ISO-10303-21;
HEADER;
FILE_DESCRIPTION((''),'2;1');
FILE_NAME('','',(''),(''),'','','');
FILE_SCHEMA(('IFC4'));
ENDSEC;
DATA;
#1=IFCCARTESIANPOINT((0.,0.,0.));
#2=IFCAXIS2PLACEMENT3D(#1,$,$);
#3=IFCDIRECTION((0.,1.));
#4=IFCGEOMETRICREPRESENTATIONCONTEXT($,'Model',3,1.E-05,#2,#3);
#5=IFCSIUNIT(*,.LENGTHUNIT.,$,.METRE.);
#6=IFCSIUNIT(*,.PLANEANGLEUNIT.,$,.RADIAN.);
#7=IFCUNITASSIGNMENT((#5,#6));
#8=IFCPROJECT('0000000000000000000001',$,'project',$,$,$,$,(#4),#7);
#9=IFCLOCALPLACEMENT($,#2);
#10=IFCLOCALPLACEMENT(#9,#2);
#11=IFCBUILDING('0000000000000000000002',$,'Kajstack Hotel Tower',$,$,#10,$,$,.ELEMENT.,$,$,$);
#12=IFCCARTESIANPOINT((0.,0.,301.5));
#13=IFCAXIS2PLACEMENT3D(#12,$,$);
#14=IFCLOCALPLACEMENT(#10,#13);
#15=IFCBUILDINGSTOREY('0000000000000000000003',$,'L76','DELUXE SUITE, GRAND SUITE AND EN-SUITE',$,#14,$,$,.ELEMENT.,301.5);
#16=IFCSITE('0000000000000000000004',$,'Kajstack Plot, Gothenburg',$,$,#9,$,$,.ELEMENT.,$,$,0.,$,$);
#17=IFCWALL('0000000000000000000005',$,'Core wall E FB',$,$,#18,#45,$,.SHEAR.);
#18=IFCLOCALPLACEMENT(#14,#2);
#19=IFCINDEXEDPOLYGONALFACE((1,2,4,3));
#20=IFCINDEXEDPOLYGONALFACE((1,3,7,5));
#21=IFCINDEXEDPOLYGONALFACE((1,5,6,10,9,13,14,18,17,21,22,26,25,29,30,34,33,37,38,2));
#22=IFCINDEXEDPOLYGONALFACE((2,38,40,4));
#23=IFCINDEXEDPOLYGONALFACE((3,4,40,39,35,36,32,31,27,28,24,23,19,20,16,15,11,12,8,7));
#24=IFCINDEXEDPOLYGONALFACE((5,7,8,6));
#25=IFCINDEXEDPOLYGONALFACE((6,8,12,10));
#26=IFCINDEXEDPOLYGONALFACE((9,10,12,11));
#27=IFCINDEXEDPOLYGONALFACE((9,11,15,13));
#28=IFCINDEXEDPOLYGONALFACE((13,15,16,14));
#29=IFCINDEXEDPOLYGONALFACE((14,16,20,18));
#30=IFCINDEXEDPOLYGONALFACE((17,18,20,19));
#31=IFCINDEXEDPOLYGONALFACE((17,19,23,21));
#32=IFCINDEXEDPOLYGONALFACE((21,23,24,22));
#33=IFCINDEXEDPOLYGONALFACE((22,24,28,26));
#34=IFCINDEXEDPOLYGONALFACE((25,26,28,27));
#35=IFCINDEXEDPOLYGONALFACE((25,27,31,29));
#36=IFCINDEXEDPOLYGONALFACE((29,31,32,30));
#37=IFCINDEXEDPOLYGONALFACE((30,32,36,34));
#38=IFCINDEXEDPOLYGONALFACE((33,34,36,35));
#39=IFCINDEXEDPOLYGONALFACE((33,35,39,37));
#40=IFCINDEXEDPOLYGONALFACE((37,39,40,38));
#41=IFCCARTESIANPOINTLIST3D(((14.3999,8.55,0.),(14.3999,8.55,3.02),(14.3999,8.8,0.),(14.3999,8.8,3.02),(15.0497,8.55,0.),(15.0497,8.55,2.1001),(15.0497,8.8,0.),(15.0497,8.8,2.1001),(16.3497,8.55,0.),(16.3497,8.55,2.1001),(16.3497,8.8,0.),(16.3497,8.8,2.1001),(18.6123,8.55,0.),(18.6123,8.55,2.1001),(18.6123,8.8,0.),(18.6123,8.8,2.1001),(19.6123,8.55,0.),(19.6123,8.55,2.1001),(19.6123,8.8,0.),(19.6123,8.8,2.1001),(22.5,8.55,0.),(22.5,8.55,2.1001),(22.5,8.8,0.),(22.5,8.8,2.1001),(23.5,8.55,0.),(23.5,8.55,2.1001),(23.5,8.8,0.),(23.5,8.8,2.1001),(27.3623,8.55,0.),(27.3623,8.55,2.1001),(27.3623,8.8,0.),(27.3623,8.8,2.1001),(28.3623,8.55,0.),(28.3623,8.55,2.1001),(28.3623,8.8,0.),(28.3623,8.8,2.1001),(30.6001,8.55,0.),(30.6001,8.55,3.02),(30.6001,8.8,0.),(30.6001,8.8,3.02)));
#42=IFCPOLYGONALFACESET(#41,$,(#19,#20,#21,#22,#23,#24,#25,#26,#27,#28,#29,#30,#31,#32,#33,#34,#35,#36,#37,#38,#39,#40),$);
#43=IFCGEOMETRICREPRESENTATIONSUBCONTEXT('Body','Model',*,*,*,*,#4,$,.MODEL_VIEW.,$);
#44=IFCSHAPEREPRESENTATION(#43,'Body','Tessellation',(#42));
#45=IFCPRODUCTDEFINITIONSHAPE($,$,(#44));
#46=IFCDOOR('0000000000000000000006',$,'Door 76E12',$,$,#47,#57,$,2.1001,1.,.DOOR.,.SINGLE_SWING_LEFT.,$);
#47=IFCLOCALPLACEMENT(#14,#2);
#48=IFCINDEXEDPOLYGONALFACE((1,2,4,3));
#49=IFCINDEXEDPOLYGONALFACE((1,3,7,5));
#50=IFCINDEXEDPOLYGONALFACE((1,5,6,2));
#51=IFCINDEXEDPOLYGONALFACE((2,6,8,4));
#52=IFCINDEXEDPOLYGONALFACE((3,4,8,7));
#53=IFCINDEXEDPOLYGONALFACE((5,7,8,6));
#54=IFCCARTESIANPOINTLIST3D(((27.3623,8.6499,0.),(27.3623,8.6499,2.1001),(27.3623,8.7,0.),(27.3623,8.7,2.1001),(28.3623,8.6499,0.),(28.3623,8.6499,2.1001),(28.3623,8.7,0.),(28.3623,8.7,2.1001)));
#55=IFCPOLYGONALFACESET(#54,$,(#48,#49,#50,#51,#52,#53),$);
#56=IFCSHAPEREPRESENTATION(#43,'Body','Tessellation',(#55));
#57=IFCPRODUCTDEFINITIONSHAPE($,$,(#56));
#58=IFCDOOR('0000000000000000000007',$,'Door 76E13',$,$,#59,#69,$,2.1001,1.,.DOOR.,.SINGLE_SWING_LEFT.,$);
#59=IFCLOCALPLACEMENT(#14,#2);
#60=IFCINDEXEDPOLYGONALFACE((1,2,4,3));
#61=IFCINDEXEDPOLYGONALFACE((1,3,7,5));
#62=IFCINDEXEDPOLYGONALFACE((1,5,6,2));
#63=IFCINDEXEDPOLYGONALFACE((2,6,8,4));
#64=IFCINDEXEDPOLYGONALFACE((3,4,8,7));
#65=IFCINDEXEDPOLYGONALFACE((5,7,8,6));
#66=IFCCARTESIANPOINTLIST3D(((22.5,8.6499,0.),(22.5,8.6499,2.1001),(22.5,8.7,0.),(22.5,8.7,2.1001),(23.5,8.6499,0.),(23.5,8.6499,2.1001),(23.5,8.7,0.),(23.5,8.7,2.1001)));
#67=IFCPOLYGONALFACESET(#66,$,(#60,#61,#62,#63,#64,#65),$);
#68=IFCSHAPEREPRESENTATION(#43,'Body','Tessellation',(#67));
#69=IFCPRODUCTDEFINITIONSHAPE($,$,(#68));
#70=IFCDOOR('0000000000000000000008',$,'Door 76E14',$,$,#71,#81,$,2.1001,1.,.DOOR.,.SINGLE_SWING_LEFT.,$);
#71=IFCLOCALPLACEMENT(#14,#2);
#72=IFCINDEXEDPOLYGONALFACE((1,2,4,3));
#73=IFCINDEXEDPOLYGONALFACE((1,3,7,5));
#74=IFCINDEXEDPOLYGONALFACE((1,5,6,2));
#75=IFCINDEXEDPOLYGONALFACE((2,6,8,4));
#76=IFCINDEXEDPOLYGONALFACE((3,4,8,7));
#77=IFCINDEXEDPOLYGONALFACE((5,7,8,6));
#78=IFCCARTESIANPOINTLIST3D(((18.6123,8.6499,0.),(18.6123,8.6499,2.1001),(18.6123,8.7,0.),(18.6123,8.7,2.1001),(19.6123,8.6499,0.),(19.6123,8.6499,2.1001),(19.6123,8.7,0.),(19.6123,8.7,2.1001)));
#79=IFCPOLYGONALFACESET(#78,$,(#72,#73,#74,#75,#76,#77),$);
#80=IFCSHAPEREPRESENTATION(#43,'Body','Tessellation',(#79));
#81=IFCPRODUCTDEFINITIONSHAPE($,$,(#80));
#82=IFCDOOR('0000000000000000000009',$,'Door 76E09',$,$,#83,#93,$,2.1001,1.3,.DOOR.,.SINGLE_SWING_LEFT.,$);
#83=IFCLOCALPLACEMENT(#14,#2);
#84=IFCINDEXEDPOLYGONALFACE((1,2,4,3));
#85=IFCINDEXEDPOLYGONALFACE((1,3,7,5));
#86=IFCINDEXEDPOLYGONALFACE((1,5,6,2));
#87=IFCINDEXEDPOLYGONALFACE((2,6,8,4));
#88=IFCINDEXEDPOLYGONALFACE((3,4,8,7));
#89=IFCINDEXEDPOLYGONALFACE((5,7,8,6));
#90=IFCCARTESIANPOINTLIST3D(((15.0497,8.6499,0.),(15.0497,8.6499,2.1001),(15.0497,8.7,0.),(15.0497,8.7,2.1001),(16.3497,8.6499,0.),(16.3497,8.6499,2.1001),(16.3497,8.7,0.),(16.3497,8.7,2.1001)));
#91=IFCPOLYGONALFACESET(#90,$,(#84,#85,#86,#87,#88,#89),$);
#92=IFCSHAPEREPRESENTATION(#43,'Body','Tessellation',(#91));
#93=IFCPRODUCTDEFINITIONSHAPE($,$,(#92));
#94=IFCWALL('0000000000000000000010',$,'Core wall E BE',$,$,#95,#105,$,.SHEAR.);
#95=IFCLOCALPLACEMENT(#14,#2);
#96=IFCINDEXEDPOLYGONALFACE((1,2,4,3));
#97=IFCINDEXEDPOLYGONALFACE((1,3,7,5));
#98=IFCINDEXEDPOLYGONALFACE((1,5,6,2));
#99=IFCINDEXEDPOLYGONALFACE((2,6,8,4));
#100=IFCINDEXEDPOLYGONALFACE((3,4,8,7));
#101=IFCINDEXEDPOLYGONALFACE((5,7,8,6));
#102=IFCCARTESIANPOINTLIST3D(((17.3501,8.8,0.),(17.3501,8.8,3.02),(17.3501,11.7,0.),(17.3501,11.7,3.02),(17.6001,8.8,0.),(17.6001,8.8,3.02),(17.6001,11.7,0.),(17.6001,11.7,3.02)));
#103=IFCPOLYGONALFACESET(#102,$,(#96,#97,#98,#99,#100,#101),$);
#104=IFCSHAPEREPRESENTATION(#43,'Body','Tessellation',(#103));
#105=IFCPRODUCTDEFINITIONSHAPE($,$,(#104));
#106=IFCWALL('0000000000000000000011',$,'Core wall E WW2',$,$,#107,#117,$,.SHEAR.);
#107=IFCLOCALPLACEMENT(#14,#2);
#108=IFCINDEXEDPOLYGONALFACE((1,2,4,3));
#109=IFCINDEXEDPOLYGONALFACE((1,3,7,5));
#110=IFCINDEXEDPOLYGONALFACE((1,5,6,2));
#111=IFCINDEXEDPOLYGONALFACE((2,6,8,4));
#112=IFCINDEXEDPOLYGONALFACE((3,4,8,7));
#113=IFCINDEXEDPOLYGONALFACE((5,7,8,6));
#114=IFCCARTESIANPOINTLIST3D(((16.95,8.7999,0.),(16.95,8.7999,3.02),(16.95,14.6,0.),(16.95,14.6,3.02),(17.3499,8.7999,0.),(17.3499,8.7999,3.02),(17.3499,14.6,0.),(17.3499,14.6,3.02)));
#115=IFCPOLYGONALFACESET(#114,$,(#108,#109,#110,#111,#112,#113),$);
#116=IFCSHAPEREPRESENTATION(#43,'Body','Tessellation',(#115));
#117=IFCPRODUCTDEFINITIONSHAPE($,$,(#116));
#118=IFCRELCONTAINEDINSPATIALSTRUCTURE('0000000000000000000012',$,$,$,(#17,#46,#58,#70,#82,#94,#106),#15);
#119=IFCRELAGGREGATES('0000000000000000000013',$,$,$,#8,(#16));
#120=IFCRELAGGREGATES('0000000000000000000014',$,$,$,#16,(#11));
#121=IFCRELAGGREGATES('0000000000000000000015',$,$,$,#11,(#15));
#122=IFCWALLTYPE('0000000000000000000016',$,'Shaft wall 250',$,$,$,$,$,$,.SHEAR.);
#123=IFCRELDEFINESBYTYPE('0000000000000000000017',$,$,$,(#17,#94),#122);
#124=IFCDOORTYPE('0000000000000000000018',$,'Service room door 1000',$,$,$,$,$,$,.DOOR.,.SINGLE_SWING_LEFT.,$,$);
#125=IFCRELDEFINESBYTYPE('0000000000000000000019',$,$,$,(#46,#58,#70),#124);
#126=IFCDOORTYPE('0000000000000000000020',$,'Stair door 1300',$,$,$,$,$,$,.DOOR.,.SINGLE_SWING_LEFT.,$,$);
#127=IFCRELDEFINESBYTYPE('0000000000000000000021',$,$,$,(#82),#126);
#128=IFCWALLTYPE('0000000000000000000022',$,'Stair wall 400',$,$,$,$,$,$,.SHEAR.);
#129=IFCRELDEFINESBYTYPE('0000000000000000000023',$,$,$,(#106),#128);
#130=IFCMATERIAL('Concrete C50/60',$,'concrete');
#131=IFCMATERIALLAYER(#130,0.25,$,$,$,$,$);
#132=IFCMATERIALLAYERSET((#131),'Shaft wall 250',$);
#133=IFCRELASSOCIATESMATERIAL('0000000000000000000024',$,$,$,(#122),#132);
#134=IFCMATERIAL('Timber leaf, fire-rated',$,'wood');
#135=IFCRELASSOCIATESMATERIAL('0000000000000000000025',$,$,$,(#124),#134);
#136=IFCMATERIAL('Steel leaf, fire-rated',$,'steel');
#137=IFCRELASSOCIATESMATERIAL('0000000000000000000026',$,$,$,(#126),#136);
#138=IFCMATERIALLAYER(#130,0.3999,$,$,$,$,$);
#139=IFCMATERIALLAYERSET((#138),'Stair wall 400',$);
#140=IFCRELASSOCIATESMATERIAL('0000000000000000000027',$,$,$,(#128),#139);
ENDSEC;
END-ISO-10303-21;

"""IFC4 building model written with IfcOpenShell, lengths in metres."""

from ifc_helpers import new_model, si_unit, direction, frame, frame_2d, origin, place, context, subcontext, project, spatial, rectangle, extrude, material, layer, layer_set, type_object, element, fill, save


model = new_model("IFC4")

# Units and contexts
model_context = context("Model", 3, precision=1e-05, world=origin(), true_north=direction((0.0, 1.0)))
body_context = subcontext(model_context, "Body", "Model", "MODEL_VIEW")
ifc_project = project(units=[si_unit("LENGTHUNIT", "METRE"), si_unit("PLANEANGLEUNIT", "RADIAN")], contexts=[model_context])

# Site, building, storey
site_placement = place(None, origin())
site = spatial("IfcSite", under=ifc_project, at=site_placement, Name="Kajstack Plot, Gothenburg", CompositionType="ELEMENT", RefElevation=0.0)
building_placement = place(site_placement, origin())
building = spatial("IfcBuilding", under=site, at=building_placement, Name="Kajstack Hotel Tower", CompositionType="ELEMENT")
storey_placement = place(building_placement, frame((0.0, 0.0, 301.5)))
storey = spatial("IfcBuildingStorey", under=building, at=storey_placement, Name="L76", Description="DELUXE SUITE, GRAND SUITE AND EN-SUITE", CompositionType="ELEMENT", Elevation=301.5)

# Shared definitions
ifc_material_1 = material(Name="Concrete C50/60", Category="concrete")
ifc_layer_1 = layer(ifc_material_1, 0.25)
ifc_layer_set_1 = layer_set([ifc_layer_1], Name="Shaft wall 250")
wall_type_1 = type_object("IfcWallType", Name="Shaft wall 250", PredefinedType="SHEAR", material=ifc_layer_set_1)
ifc_material_2 = material(Name="Timber leaf, fire-rated", Category="wood")
door_type_1 = type_object("IfcDoorType", Name="Service room door 1000", OperationType="SINGLE_SWING_LEFT", PredefinedType="DOOR", material=ifc_material_2)

# Wall, openings, doors
wall_1_placement = place(storey_placement, frame((14.3999, 8.675, 0.0), z_axis=(0.0, 0.0, 1.0), x_axis=(1.0, 0.0, 0.0)))
wall_1 = element("IfcWall", 1, at=wall_1_placement, inside=storey, type_object=wall_type_1, Name="Core wall E FB", PredefinedType="SHEAR", context=body_context, shape_type="SweptSolid", body=[
    extrude(rectangle(XDim=16.2002, YDim=0.25, at=frame_2d((8.1001, 0.0))), origin(), (0.0, 0.0, 1.0), 3.02),
])
opening_1_placement = place(wall_1_placement, frame((0.6499, 0.0, 0.0)))
opening_1 = element("IfcOpeningElement", 2, at=opening_1_placement, cuts=wall_1, PredefinedType="OPENING", context=body_context, shape_type="SweptSolid", body=[
    extrude(rectangle(XDim=1.3, YDim=2.1001, at=frame_2d((0.6499, 1.05))), frame((0.0, 0.135, 0.0), z_axis=(0.0, -1.0, 0.0), x_axis=(1.0, 0.0, 0.0)), (0.0, 0.0, 1.0), 0.27),
])
opening_2_placement = place(wall_1_placement, frame((12.9624, 0.0, 0.0)))
opening_2 = element("IfcOpeningElement", 3, at=opening_2_placement, cuts=wall_1, PredefinedType="OPENING", context=body_context, shape_type="SweptSolid", body=[
    extrude(rectangle(XDim=1.0, YDim=2.1001, at=frame_2d((0.5, 1.05))), frame((0.0, 0.135, 0.0), z_axis=(0.0, -1.0, 0.0), x_axis=(1.0, 0.0, 0.0)), (0.0, 0.0, 1.0), 0.27),
])
opening_3_placement = place(wall_1_placement, frame((8.1001, 0.0, 0.0)))
opening_3 = element("IfcOpeningElement", 4, at=opening_3_placement, cuts=wall_1, PredefinedType="OPENING", context=body_context, shape_type="SweptSolid", body=[
    extrude(rectangle(XDim=1.0, YDim=2.1001, at=frame_2d((0.5, 1.05))), frame((0.0, 0.135, 0.0), z_axis=(0.0, -1.0, 0.0), x_axis=(1.0, 0.0, 0.0)), (0.0, 0.0, 1.0), 0.27),
])
opening_4_placement = place(wall_1_placement, frame((4.2124, 0.0, 0.0)))
opening_4 = element("IfcOpeningElement", 5, at=opening_4_placement, cuts=wall_1, PredefinedType="OPENING", context=body_context, shape_type="SweptSolid", body=[
    extrude(rectangle(XDim=1.0, YDim=2.1001, at=frame_2d((0.5, 1.05))), frame((0.0, 0.135, 0.0), z_axis=(0.0, -1.0, 0.0), x_axis=(1.0, 0.0, 0.0)), (0.0, 0.0, 1.0), 0.27),
])
door_1_placement = place(opening_2_placement, origin())
door_1 = element("IfcDoor", 6, at=door_1_placement, inside=storey, type_object=door_type_1, Name="Door 76E12", OperationType="SINGLE_SWING_LEFT", OverallHeight=2.1001, OverallWidth=1.0, PredefinedType="DOOR", context=body_context, shape_type="SweptSolid", body=[
    extrude(rectangle(XDim=1.0, YDim=2.1001, at=frame_2d((0.5, 1.05))), frame((0.0, 0.0249, 0.0), z_axis=(0.0, -1.0, 0.0), x_axis=(1.0, 0.0, 0.0)), (0.0, 0.0, 1.0), 0.05),
])
fill(opening_2, door_1)
door_2_placement = place(opening_3_placement, origin())
door_2 = element("IfcDoor", 7, at=door_2_placement, inside=storey, type_object=door_type_1, Name="Door 76E13", OperationType="SINGLE_SWING_LEFT", OverallHeight=2.1001, OverallWidth=1.0, PredefinedType="DOOR", context=body_context, shape_type="SweptSolid", body=[
    extrude(rectangle(XDim=1.0, YDim=2.1001, at=frame_2d((0.5, 1.05))), frame((0.0, 0.0249, 0.0), z_axis=(0.0, -1.0, 0.0), x_axis=(1.0, 0.0, 0.0)), (0.0, 0.0, 1.0), 0.05),
])
fill(opening_3, door_2)
door_3_placement = place(opening_4_placement, origin())
door_3 = element("IfcDoor", 8, at=door_3_placement, inside=storey, type_object=door_type_1, Name="Door 76E14", OperationType="SINGLE_SWING_LEFT", OverallHeight=2.1001, OverallWidth=1.0, PredefinedType="DOOR", context=body_context, shape_type="SweptSolid", body=[
    extrude(rectangle(XDim=1.0, YDim=2.1001, at=frame_2d((0.5, 1.05))), frame((0.0, 0.0249, 0.0), z_axis=(0.0, -1.0, 0.0), x_axis=(1.0, 0.0, 0.0)), (0.0, 0.0, 1.0), 0.05),
])
fill(opening_4, door_3)
ifc_material_3 = material(Name="Steel leaf, fire-rated", Category="steel")
door_type_2 = type_object("IfcDoorType", Name="Stair door 1300", OperationType="SINGLE_SWING_LEFT", PredefinedType="DOOR", material=ifc_material_3)
door_4_placement = place(opening_1_placement, origin())
door_4 = element("IfcDoor", 9, at=door_4_placement, inside=storey, type_object=door_type_2, Name="Door 76E09", OperationType="SINGLE_SWING_LEFT", OverallHeight=2.1001, OverallWidth=1.3, PredefinedType="DOOR", context=body_context, shape_type="SweptSolid", body=[
    extrude(rectangle(XDim=1.3, YDim=2.1001, at=frame_2d((0.6499, 1.05))), frame((0.0, 0.0249, 0.0), z_axis=(0.0, -1.0, 0.0), x_axis=(1.0, 0.0, 0.0)), (0.0, 0.0, 1.0), 0.05),
])
fill(opening_1, door_4)

# Walls
wall_2_placement = place(storey_placement, frame((17.4751, 8.8, 0.0), z_axis=(0.0, 0.0, 1.0), x_axis=(0.0, 1.0, 0.0)))
element("IfcWall", 10, at=wall_2_placement, inside=storey, type_object=wall_type_1, Name="Core wall E BE", PredefinedType="SHEAR", context=body_context, shape_type="SweptSolid", body=[
    extrude(rectangle(XDim=2.8999, YDim=0.25, at=frame_2d((1.45, 0.0))), origin(), (0.0, 0.0, 1.0), 3.02),
])
ifc_layer_2 = layer(ifc_material_1, 0.3999)
ifc_layer_set_2 = layer_set([ifc_layer_2], Name="Stair wall 400")
wall_type_2 = type_object("IfcWallType", Name="Stair wall 400", PredefinedType="SHEAR", material=ifc_layer_set_2)
wall_3_placement = place(storey_placement, frame((17.1499, 8.8, 0.0), z_axis=(0.0, 0.0, 1.0), x_axis=(0.0, 1.0, 0.0)))
element("IfcWall", 11, at=wall_3_placement, inside=storey, type_object=wall_type_2, Name="Core wall E WW2", PredefinedType="SHEAR", context=body_context, shape_type="SweptSolid", body=[
    extrude(rectangle(XDim=5.8, YDim=0.3999, at=frame_2d((2.8999, 0.0))), origin(), (0.0, 0.0, 1.0), 3.02),
])

save(model, "model.ifc")
